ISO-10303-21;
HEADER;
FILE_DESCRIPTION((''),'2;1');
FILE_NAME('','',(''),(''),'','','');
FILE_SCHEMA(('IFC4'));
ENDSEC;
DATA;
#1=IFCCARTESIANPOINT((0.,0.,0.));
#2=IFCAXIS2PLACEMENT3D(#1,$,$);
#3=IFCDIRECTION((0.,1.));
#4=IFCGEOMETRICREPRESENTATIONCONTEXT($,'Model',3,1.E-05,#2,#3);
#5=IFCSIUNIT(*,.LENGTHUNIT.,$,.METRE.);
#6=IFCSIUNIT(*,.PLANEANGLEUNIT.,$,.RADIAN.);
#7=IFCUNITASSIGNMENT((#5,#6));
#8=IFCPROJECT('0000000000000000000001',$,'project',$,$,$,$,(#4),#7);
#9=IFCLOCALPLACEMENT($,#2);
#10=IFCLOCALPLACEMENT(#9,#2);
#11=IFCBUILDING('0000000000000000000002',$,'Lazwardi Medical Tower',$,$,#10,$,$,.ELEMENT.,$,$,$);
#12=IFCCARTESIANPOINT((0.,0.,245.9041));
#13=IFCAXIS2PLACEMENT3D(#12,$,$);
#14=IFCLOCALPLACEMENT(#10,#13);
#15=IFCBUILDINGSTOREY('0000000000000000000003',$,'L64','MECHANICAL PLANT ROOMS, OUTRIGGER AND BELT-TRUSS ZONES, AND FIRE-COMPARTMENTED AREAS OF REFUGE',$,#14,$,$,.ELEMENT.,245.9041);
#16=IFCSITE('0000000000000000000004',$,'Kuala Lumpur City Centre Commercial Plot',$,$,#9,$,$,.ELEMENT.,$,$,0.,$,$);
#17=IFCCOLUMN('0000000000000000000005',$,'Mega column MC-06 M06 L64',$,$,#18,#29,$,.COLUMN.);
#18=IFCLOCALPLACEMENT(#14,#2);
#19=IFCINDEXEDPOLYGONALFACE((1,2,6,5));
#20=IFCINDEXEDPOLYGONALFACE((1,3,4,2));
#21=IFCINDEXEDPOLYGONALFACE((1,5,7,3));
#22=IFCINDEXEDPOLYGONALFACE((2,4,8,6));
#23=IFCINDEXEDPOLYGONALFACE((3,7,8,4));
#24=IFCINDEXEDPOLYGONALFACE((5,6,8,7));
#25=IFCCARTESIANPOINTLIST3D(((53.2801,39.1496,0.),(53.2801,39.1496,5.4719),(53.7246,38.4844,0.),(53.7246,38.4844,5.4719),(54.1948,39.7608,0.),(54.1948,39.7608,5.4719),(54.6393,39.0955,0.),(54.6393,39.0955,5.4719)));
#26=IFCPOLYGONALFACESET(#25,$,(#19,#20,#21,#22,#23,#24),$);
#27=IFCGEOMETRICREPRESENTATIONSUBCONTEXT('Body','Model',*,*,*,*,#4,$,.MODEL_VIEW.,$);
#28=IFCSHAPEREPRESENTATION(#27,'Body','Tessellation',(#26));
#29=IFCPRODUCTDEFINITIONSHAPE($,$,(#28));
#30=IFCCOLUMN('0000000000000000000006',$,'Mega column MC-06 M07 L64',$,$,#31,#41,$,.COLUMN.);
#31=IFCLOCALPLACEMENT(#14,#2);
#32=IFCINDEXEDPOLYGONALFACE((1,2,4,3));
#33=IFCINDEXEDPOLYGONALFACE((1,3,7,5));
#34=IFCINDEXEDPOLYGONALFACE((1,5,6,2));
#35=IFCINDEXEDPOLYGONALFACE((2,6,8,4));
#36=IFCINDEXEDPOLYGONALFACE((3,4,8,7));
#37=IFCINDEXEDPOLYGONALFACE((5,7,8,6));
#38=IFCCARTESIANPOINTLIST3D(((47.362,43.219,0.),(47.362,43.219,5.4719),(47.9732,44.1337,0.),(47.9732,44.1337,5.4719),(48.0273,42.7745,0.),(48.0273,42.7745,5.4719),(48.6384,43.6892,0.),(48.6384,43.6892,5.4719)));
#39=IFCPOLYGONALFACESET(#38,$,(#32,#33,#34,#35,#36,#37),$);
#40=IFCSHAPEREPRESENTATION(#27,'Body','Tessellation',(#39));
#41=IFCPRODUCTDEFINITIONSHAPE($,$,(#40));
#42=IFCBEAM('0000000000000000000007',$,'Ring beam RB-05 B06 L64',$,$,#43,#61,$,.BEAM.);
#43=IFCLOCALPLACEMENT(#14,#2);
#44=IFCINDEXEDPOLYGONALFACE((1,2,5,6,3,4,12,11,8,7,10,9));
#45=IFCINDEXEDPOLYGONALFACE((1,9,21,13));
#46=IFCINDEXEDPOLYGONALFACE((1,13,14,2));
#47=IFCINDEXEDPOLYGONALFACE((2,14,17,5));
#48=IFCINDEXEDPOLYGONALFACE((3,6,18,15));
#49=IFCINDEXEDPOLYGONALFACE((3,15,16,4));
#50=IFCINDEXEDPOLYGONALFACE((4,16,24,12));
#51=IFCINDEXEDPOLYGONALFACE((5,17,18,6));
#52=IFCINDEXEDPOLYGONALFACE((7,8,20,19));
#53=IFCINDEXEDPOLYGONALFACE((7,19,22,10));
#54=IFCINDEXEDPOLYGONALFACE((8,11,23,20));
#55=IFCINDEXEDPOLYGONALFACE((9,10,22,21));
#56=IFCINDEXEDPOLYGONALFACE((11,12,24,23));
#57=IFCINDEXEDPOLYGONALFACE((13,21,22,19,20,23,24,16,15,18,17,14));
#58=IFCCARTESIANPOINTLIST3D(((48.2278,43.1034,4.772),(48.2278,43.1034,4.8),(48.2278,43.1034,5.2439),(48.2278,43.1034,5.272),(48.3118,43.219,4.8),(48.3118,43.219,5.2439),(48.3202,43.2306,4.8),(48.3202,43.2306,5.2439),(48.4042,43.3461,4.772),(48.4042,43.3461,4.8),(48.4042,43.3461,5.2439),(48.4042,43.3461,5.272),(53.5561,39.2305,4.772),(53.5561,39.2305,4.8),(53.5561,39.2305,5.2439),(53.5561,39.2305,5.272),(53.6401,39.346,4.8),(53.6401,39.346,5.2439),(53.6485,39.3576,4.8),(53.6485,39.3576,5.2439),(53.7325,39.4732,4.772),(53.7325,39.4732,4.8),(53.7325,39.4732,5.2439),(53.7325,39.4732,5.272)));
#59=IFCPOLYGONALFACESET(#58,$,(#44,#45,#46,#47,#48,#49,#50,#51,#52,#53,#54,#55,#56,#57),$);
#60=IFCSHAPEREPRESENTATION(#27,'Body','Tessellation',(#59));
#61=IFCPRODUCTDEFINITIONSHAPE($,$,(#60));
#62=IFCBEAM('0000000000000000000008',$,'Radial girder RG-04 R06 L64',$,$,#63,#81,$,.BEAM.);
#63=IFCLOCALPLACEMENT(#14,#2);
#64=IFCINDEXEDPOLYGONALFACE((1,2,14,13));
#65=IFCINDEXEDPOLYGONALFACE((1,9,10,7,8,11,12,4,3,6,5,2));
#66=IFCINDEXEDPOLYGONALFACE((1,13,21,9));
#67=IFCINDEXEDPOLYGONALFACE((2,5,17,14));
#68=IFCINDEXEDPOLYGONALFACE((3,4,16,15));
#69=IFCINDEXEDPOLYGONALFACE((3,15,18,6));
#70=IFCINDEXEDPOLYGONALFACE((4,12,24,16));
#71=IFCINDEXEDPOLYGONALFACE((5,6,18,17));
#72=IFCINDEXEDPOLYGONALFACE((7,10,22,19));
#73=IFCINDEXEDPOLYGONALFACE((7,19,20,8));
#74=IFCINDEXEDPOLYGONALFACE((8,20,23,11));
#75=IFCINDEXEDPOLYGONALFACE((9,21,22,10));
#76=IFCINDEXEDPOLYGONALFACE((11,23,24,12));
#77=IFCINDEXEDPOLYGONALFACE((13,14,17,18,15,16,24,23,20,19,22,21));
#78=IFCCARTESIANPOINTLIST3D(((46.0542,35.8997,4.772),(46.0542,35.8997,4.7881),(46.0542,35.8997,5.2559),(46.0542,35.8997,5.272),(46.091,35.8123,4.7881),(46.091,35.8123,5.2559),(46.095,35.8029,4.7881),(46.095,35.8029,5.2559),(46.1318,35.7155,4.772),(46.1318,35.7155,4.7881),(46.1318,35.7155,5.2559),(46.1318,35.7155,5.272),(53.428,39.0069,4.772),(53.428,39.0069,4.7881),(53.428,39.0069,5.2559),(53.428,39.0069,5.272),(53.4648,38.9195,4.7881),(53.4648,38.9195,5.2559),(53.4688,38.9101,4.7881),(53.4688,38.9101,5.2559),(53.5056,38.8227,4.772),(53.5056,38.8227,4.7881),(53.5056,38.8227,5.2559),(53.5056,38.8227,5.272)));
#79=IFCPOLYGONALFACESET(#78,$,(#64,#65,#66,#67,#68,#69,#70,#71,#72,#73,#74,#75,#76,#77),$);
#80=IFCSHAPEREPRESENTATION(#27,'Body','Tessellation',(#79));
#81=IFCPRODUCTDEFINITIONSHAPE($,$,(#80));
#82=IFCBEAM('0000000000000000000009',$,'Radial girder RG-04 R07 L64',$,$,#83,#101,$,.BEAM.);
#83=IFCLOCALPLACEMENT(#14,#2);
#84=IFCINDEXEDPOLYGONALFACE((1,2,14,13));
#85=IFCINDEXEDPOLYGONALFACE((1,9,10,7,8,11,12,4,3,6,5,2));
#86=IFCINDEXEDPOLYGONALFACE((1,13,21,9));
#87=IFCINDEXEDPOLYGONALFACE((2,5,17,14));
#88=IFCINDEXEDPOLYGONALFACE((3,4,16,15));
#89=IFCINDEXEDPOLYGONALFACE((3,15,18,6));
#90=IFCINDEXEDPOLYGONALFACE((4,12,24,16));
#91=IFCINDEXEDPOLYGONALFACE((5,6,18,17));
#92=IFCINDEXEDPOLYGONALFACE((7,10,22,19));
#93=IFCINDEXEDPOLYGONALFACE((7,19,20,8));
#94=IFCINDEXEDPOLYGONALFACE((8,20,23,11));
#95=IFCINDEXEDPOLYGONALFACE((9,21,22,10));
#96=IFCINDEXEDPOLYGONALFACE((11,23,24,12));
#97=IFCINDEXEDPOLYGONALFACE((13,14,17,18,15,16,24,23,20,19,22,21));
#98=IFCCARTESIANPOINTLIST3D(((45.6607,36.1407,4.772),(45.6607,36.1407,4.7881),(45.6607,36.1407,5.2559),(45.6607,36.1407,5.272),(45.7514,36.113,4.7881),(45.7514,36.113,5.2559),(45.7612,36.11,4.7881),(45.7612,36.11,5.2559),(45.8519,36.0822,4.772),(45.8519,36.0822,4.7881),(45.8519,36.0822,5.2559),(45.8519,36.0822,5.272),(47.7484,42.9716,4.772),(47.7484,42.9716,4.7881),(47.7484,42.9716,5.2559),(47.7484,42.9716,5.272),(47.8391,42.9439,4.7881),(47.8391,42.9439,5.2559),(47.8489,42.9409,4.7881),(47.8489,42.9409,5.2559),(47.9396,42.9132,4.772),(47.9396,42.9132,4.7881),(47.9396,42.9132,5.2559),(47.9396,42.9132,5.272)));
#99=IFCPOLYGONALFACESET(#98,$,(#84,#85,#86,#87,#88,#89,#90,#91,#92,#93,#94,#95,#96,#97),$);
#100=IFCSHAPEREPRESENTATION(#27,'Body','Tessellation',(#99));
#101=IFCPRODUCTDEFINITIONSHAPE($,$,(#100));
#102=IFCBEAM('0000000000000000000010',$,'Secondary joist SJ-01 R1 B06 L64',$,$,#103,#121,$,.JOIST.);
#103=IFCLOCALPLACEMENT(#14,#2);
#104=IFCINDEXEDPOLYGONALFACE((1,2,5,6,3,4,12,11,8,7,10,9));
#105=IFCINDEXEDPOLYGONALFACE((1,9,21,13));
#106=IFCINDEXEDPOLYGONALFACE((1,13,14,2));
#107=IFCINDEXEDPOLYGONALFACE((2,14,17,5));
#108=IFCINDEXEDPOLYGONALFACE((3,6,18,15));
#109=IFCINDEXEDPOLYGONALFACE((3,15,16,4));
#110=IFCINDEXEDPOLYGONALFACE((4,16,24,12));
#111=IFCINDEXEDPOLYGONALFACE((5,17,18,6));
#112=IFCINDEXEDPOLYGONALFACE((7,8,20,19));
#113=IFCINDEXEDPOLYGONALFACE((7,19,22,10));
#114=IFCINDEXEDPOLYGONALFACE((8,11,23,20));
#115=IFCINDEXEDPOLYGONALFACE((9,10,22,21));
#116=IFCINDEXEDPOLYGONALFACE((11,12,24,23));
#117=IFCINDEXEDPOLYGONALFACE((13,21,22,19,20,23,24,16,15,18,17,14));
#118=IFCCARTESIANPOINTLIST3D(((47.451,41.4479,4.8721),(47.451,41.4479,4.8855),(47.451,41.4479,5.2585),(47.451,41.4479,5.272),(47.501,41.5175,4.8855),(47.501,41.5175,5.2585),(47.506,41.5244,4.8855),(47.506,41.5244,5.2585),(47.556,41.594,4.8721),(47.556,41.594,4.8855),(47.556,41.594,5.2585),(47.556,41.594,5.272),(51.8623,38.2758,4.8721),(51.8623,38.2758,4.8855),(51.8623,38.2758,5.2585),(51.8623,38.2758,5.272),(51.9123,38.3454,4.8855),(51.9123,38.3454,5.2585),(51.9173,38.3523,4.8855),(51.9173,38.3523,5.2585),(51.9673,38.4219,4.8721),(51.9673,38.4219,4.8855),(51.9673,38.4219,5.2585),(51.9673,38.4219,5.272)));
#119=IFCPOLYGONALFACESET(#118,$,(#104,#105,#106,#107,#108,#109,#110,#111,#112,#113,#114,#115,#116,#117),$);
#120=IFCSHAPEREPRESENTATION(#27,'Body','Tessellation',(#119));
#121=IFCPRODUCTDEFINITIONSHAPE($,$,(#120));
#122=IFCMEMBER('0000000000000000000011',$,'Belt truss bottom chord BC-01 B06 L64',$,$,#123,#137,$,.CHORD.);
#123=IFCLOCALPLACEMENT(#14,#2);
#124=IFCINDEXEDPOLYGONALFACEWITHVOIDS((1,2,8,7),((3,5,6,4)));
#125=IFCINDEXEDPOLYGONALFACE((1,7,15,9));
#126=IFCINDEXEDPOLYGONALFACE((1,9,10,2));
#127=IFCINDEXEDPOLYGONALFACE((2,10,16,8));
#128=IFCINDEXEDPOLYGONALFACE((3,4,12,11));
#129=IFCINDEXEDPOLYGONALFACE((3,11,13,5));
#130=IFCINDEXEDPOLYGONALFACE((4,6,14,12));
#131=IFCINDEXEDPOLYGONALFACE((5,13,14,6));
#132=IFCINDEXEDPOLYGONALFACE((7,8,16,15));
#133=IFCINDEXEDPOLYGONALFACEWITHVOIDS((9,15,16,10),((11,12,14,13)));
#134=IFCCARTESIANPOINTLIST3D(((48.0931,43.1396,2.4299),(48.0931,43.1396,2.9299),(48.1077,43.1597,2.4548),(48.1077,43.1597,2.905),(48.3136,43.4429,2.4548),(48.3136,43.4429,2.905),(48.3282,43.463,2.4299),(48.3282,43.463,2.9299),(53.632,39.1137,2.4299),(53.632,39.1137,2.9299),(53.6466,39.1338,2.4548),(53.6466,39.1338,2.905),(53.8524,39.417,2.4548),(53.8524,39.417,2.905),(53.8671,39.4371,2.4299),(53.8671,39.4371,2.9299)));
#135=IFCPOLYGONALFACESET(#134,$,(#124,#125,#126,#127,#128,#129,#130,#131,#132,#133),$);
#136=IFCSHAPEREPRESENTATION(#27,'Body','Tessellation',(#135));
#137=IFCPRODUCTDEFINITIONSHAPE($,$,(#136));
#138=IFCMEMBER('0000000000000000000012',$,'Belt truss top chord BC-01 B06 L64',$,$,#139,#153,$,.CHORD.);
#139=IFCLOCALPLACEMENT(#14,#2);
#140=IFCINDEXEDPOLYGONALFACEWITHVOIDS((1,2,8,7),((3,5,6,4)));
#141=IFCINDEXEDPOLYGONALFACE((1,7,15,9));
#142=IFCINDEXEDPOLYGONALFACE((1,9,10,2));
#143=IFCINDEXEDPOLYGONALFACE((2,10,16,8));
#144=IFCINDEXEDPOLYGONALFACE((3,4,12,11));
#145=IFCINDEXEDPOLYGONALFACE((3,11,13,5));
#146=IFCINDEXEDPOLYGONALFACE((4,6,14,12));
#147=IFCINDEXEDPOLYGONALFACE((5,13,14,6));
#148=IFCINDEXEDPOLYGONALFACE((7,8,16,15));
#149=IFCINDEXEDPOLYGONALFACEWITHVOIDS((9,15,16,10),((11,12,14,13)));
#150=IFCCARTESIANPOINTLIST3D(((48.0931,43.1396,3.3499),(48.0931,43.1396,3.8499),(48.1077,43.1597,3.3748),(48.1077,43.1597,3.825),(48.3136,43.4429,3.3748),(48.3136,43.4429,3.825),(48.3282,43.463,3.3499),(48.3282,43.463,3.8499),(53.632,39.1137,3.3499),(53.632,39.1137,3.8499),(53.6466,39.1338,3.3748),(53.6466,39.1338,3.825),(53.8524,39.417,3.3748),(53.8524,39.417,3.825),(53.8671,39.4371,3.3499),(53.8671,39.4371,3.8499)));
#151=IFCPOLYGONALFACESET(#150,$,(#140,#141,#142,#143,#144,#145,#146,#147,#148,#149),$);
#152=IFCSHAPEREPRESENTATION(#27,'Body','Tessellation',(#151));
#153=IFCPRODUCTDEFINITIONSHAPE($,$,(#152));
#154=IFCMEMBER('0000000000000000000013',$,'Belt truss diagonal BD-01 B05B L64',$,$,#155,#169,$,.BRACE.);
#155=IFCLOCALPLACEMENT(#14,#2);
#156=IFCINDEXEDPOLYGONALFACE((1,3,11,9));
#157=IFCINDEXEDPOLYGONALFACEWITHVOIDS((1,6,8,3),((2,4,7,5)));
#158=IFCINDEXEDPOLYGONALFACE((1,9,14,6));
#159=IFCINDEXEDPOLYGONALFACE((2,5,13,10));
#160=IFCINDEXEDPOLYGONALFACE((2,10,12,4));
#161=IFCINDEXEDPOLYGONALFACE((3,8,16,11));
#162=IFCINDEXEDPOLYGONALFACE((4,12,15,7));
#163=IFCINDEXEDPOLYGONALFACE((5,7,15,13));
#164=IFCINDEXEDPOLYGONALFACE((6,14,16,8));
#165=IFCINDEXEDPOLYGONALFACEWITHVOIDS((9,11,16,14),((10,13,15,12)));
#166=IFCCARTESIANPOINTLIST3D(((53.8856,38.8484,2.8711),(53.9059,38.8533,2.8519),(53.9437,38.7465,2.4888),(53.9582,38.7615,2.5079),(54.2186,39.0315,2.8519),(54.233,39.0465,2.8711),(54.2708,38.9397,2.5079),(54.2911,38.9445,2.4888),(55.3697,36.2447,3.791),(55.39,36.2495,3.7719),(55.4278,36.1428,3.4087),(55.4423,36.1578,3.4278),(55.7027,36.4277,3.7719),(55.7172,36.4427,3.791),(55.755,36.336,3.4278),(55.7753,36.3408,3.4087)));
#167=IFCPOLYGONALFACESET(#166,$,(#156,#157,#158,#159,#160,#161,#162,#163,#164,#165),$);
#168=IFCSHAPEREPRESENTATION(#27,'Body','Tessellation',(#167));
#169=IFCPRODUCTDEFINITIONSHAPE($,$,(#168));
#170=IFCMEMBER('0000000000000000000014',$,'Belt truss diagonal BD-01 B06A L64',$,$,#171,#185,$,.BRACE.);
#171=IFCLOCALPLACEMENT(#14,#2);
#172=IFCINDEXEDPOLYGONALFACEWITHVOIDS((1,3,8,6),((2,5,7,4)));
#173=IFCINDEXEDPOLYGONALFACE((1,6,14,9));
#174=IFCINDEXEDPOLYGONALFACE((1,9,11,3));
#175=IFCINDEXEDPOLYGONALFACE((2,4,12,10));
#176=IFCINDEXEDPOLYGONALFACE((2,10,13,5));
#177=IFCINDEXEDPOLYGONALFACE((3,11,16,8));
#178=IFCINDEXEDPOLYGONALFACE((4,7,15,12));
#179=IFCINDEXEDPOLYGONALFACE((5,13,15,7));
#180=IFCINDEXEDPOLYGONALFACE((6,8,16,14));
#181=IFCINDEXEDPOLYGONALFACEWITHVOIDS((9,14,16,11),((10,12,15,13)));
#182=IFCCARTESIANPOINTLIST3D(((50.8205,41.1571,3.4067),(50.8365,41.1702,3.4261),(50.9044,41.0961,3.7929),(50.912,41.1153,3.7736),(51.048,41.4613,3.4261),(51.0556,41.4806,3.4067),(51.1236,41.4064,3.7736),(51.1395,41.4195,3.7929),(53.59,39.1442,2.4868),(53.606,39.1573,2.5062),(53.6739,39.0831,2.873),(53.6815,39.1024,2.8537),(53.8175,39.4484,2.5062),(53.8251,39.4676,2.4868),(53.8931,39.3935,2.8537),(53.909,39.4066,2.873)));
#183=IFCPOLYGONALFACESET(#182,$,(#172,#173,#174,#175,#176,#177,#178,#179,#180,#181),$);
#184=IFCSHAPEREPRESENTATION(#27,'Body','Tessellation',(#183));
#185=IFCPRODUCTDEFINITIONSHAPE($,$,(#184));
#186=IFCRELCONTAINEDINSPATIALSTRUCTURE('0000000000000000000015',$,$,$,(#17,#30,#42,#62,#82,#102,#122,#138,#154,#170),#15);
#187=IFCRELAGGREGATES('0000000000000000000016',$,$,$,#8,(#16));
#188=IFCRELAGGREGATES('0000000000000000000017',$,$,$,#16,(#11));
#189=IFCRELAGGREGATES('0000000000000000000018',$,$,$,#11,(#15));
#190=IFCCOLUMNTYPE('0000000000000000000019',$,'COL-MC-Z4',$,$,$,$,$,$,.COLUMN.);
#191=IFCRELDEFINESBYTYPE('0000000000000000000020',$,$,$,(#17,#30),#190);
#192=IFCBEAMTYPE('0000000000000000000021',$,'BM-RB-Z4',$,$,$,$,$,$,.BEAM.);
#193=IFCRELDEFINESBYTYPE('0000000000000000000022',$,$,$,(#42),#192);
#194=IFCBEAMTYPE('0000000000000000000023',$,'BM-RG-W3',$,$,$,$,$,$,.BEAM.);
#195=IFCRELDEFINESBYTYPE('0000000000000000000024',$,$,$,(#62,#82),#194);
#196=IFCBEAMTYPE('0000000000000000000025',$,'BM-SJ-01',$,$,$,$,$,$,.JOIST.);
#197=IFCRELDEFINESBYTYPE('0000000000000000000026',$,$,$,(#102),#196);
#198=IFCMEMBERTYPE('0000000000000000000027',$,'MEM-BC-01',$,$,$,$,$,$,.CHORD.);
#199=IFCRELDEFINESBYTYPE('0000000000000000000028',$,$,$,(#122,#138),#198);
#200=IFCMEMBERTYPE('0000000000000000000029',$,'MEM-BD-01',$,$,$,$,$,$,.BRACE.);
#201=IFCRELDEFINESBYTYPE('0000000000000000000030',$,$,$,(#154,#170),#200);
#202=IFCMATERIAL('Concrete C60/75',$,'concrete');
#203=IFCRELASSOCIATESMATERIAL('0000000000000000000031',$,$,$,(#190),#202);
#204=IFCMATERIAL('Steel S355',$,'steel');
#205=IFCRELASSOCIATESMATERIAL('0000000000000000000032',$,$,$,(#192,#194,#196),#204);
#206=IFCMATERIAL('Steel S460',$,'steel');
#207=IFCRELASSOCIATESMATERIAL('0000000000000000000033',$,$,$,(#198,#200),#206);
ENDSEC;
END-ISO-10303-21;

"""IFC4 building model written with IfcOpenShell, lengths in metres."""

from ifc_helpers import new_model, si_unit, direction, frame, origin, origin_2d, place, context, subcontext, project, spatial, rectangle, hollow_rectangle, i_section, extrude, material, material_profile, profile_set, type_object, element, save


model = new_model("IFC4")

# Units and contexts
model_context = context("Model", 3, precision=1e-05, world=origin(), true_north=direction((0.0, 1.0)))
body_context = subcontext(model_context, "Body", "Model", "MODEL_VIEW")
ifc_project = project(units=[si_unit("LENGTHUNIT", "METRE"), si_unit("PLANEANGLEUNIT", "RADIAN")], contexts=[model_context])

# Site, building, storey
site_placement = place(None, origin())
site = spatial("IfcSite", under=ifc_project, at=site_placement, Name="Kuala Lumpur City Centre Commercial Plot", CompositionType="ELEMENT", RefElevation=0.0)
building_placement = place(site_placement, origin())
building = spatial("IfcBuilding", under=site, at=building_placement, Name="Lazwardi Medical Tower", CompositionType="ELEMENT")
storey_placement = place(building_placement, frame((0.0, 0.0, 245.9041)))
storey = spatial("IfcBuildingStorey", under=building, at=storey_placement, Name="L64", Description="MECHANICAL PLANT ROOMS, OUTRIGGER AND BELT-TRUSS ZONES, AND FIRE-COMPARTMENTED AREAS OF REFUGE", CompositionType="ELEMENT", Elevation=245.9041)

# Columns
ifc_material_1 = material(Name="Concrete C60/75", Category="concrete")
ifc_material_profile_1 = material_profile(ifc_material_1, rectangle(XDim=1.1001, YDim=0.8, at=origin_2d()), Name="CFT-RECT 1100x800")
ifc_profile_set_1 = profile_set([ifc_material_profile_1], Name="Concrete C60/75")
column_type = type_object("IfcColumnType", Name="COL-MC-Z4", PredefinedType="COLUMN", material=ifc_profile_set_1)
for number, where, z_axis, x_axis, name in (
    (1, (53.9597, 39.1226, 0.0), (0.0, 0.0, 1.0), (0.83147, 0.55557, 0.0), "Mega column MC-06 M06 L64"),
    (2, (48.0002, 43.4541, 0.0), (0.0, 0.0, 1.0), (0.55557, 0.83147, 0.0), "Mega column MC-06 M07 L64"),
):
    element("IfcColumn", number, at=place(storey_placement, frame(where, z_axis=z_axis, x_axis=x_axis)), inside=storey, type_object=column_type, Name=name, PredefinedType="COLUMN", context=body_context, shape_type="SweptSolid", body=[
        extrude(rectangle(XDim=1.1001, YDim=0.8, at=origin_2d()), origin(), (0.0, 0.0, 1.0), 5.4719),
    ])

# Beams
ifc_material_2 = material(Name="Steel S355", Category="steel")
ifc_material_profile_2 = material_profile(ifc_material_2, i_section(OverallWidth=0.3, OverallDepth=0.5, WebThickness=0.0144, FlangeThickness=0.0281, at=origin_2d()), Name="HEB 500")
ifc_profile_set_2 = profile_set([ifc_material_profile_2], Name="Steel S355")
beam_type_1 = type_object("IfcBeamType", Name="BM-RB-Z4", PredefinedType="BEAM", material=ifc_profile_set_2)
beam_1_placement = place(storey_placement, frame((53.6443, 39.3518, 5.022), z_axis=(-0.80889, 0.58796, 0.0), x_axis=(-0.58796, -0.80889, 0.0)))
element("IfcBeam", 3, at=beam_1_placement, inside=storey, type_object=beam_type_1, Name="Ring beam RB-05 B06 L64", PredefinedType="BEAM", context=body_context, shape_type="SweptSolid", body=[
    extrude(i_section(OverallWidth=0.3, OverallDepth=0.5, WebThickness=0.0144, FlangeThickness=0.0281, at=origin_2d()), origin(), (0.0, 0.0, 1.0), 6.5872),
])
ifc_material_profile_3 = material_profile(ifc_material_2, i_section(OverallWidth=0.2, OverallDepth=0.5, WebThickness=0.0103, FlangeThickness=0.0161, at=origin_2d()), Name="IPE 500")
ifc_profile_set_3 = profile_set([ifc_material_profile_3], Name="Steel S355")
beam_type_2 = type_object("IfcBeamType", Name="BM-RG-W3", PredefinedType="BEAM", material=ifc_profile_set_3)
beam_2_placement = place(storey_placement, frame((53.4668, 38.9148, 5.022), z_axis=(-0.921527, -0.388315, 0.0), x_axis=(0.388315, -0.921527, 0.0)))
element("IfcBeam", 4, at=beam_2_placement, inside=storey, type_object=beam_type_2, Name="Radial girder RG-04 R06 L64", PredefinedType="BEAM", context=body_context, shape_type="SweptSolid", body=[
    extrude(i_section(OverallWidth=0.2, OverallDepth=0.5, WebThickness=0.0103, FlangeThickness=0.0161, at=origin_2d()), origin(), (0.0, 0.0, 1.0), 8.0017),
])
beam_3_placement = place(storey_placement, frame((47.844, 42.9424, 5.022), z_axis=(-0.292277, -0.956334, 0.0), x_axis=(0.956334, -0.292277, 0.0)))
element("IfcBeam", 5, at=beam_3_placement, inside=storey, type_object=beam_type_2, Name="Radial girder RG-04 R07 L64", PredefinedType="BEAM", context=body_context, shape_type="SweptSolid", body=[
    extrude(i_section(OverallWidth=0.2, OverallDepth=0.5, WebThickness=0.0103, FlangeThickness=0.0161, at=origin_2d()), origin(), (0.0, 0.0, 1.0), 7.1428),
])
ifc_material_profile_4 = material_profile(ifc_material_2, i_section(OverallWidth=0.1799, OverallDepth=0.3999, WebThickness=0.0085, FlangeThickness=0.0134, at=origin_2d()), Name="IPE 400")
ifc_profile_set_4 = profile_set([ifc_material_profile_4], Name="Steel S355")
beam_type_3 = type_object("IfcBeamType", Name="BM-SJ-01", PredefinedType="JOIST", material=ifc_profile_set_4)
beam_4_placement = place(storey_placement, frame((51.9148, 38.3489, 5.072), z_axis=(-0.81189, 0.583811, 0.0), x_axis=(-0.583811, -0.81189, 0.0)))
element("IfcBeam", 6, at=beam_4_placement, inside=storey, type_object=beam_type_3, Name="Secondary joist SJ-01 R1 B06 L64", PredefinedType="JOIST", context=body_context, shape_type="SweptSolid", body=[
    extrude(i_section(OverallWidth=0.1799, OverallDepth=0.3999, WebThickness=0.0085, FlangeThickness=0.0134, at=origin_2d()), origin(), (0.0, 0.0, 1.0), 5.4333),
])

# Members
ifc_material_3 = material(Name="Steel S460", Category="steel")
ifc_material_profile_5 = material_profile(ifc_material_3, hollow_rectangle(XDim=0.3999, YDim=0.5, WallThickness=0.0249, at=origin_2d()), Name="RHS 500x400x25")
ifc_profile_set_5 = profile_set([ifc_material_profile_5], Name="Steel S460")
member_type_1 = type_object("IfcMemberType", Name="MEM-BC-01", PredefinedType="CHORD", material=ifc_profile_set_5)
for number, where, z_axis, x_axis, name in (
    (7, (53.7495, 39.2754, 2.6799), (-0.808899, 0.587947, 0.0), (-0.587947, -0.808899, 0.0), "Belt truss bottom chord BC-01 B06 L64"),
    (8, (53.7495, 39.2754, 3.5999), (-0.808899, 0.587947, 0.0), (-0.587947, -0.808899, 0.0), "Belt truss top chord BC-01 B06 L64"),
):
    element("IfcMember", number, at=place(storey_placement, frame(where, z_axis=z_axis, x_axis=x_axis)), inside=storey, type_object=member_type_1, Name=name, PredefinedType="CHORD", context=body_context, shape_type="SweptSolid", body=[
        extrude(hollow_rectangle(XDim=0.3999, YDim=0.5, WallThickness=0.0249, at=origin_2d()), origin(), (0.0, 0.0, 1.0), 6.8474),
    ])
ifc_material_profile_6 = material_profile(ifc_material_3, hollow_rectangle(XDim=0.3999, YDim=0.3999, WallThickness=0.02, at=origin_2d()), Name="RHS 400x400x20")
ifc_profile_set_6 = profile_set([ifc_material_profile_6], Name="Steel S460")
member_type_2 = type_object("IfcMemberType", Name="MEM-BD-01", PredefinedType="BRACE", material=ifc_profile_set_6)
member_1_placement = place(storey_placement, frame((54.0884, 38.8965, 2.6799), z_axis=(0.473401, -0.830535, 0.293432), x_axis=(0.868779, 0.4952, 0.0)))
element("IfcMember", 9, at=member_1_placement, inside=storey, type_object=member_type_2, Name="Belt truss diagonal BD-01 B05B L64", PredefinedType="BRACE", context=body_context, shape_type="SweptSolid", body=[
    extrude(hollow_rectangle(XDim=0.3999, YDim=0.3999, WallThickness=0.02, at=origin_2d()), origin(), (0.0, 0.0, 1.0), 3.135),
])
member_2_placement = place(storey_placement, frame((53.7495, 39.2754, 2.6799), z_axis=(-0.781205, 0.567792, 0.259483), x_axis=(-0.58793, -0.808912, 0.0)))
element("IfcMember", 10, at=member_2_placement, inside=storey, type_object=member_type_2, Name="Belt truss diagonal BD-01 B06A L64", PredefinedType="BRACE", context=body_context, shape_type="SweptSolid", body=[
    extrude(hollow_rectangle(XDim=0.3999, YDim=0.3999, WallThickness=0.02, at=origin_2d()), origin(), (0.0, 0.0, 1.0), 3.5452),
])

save(model, "model.ifc")
